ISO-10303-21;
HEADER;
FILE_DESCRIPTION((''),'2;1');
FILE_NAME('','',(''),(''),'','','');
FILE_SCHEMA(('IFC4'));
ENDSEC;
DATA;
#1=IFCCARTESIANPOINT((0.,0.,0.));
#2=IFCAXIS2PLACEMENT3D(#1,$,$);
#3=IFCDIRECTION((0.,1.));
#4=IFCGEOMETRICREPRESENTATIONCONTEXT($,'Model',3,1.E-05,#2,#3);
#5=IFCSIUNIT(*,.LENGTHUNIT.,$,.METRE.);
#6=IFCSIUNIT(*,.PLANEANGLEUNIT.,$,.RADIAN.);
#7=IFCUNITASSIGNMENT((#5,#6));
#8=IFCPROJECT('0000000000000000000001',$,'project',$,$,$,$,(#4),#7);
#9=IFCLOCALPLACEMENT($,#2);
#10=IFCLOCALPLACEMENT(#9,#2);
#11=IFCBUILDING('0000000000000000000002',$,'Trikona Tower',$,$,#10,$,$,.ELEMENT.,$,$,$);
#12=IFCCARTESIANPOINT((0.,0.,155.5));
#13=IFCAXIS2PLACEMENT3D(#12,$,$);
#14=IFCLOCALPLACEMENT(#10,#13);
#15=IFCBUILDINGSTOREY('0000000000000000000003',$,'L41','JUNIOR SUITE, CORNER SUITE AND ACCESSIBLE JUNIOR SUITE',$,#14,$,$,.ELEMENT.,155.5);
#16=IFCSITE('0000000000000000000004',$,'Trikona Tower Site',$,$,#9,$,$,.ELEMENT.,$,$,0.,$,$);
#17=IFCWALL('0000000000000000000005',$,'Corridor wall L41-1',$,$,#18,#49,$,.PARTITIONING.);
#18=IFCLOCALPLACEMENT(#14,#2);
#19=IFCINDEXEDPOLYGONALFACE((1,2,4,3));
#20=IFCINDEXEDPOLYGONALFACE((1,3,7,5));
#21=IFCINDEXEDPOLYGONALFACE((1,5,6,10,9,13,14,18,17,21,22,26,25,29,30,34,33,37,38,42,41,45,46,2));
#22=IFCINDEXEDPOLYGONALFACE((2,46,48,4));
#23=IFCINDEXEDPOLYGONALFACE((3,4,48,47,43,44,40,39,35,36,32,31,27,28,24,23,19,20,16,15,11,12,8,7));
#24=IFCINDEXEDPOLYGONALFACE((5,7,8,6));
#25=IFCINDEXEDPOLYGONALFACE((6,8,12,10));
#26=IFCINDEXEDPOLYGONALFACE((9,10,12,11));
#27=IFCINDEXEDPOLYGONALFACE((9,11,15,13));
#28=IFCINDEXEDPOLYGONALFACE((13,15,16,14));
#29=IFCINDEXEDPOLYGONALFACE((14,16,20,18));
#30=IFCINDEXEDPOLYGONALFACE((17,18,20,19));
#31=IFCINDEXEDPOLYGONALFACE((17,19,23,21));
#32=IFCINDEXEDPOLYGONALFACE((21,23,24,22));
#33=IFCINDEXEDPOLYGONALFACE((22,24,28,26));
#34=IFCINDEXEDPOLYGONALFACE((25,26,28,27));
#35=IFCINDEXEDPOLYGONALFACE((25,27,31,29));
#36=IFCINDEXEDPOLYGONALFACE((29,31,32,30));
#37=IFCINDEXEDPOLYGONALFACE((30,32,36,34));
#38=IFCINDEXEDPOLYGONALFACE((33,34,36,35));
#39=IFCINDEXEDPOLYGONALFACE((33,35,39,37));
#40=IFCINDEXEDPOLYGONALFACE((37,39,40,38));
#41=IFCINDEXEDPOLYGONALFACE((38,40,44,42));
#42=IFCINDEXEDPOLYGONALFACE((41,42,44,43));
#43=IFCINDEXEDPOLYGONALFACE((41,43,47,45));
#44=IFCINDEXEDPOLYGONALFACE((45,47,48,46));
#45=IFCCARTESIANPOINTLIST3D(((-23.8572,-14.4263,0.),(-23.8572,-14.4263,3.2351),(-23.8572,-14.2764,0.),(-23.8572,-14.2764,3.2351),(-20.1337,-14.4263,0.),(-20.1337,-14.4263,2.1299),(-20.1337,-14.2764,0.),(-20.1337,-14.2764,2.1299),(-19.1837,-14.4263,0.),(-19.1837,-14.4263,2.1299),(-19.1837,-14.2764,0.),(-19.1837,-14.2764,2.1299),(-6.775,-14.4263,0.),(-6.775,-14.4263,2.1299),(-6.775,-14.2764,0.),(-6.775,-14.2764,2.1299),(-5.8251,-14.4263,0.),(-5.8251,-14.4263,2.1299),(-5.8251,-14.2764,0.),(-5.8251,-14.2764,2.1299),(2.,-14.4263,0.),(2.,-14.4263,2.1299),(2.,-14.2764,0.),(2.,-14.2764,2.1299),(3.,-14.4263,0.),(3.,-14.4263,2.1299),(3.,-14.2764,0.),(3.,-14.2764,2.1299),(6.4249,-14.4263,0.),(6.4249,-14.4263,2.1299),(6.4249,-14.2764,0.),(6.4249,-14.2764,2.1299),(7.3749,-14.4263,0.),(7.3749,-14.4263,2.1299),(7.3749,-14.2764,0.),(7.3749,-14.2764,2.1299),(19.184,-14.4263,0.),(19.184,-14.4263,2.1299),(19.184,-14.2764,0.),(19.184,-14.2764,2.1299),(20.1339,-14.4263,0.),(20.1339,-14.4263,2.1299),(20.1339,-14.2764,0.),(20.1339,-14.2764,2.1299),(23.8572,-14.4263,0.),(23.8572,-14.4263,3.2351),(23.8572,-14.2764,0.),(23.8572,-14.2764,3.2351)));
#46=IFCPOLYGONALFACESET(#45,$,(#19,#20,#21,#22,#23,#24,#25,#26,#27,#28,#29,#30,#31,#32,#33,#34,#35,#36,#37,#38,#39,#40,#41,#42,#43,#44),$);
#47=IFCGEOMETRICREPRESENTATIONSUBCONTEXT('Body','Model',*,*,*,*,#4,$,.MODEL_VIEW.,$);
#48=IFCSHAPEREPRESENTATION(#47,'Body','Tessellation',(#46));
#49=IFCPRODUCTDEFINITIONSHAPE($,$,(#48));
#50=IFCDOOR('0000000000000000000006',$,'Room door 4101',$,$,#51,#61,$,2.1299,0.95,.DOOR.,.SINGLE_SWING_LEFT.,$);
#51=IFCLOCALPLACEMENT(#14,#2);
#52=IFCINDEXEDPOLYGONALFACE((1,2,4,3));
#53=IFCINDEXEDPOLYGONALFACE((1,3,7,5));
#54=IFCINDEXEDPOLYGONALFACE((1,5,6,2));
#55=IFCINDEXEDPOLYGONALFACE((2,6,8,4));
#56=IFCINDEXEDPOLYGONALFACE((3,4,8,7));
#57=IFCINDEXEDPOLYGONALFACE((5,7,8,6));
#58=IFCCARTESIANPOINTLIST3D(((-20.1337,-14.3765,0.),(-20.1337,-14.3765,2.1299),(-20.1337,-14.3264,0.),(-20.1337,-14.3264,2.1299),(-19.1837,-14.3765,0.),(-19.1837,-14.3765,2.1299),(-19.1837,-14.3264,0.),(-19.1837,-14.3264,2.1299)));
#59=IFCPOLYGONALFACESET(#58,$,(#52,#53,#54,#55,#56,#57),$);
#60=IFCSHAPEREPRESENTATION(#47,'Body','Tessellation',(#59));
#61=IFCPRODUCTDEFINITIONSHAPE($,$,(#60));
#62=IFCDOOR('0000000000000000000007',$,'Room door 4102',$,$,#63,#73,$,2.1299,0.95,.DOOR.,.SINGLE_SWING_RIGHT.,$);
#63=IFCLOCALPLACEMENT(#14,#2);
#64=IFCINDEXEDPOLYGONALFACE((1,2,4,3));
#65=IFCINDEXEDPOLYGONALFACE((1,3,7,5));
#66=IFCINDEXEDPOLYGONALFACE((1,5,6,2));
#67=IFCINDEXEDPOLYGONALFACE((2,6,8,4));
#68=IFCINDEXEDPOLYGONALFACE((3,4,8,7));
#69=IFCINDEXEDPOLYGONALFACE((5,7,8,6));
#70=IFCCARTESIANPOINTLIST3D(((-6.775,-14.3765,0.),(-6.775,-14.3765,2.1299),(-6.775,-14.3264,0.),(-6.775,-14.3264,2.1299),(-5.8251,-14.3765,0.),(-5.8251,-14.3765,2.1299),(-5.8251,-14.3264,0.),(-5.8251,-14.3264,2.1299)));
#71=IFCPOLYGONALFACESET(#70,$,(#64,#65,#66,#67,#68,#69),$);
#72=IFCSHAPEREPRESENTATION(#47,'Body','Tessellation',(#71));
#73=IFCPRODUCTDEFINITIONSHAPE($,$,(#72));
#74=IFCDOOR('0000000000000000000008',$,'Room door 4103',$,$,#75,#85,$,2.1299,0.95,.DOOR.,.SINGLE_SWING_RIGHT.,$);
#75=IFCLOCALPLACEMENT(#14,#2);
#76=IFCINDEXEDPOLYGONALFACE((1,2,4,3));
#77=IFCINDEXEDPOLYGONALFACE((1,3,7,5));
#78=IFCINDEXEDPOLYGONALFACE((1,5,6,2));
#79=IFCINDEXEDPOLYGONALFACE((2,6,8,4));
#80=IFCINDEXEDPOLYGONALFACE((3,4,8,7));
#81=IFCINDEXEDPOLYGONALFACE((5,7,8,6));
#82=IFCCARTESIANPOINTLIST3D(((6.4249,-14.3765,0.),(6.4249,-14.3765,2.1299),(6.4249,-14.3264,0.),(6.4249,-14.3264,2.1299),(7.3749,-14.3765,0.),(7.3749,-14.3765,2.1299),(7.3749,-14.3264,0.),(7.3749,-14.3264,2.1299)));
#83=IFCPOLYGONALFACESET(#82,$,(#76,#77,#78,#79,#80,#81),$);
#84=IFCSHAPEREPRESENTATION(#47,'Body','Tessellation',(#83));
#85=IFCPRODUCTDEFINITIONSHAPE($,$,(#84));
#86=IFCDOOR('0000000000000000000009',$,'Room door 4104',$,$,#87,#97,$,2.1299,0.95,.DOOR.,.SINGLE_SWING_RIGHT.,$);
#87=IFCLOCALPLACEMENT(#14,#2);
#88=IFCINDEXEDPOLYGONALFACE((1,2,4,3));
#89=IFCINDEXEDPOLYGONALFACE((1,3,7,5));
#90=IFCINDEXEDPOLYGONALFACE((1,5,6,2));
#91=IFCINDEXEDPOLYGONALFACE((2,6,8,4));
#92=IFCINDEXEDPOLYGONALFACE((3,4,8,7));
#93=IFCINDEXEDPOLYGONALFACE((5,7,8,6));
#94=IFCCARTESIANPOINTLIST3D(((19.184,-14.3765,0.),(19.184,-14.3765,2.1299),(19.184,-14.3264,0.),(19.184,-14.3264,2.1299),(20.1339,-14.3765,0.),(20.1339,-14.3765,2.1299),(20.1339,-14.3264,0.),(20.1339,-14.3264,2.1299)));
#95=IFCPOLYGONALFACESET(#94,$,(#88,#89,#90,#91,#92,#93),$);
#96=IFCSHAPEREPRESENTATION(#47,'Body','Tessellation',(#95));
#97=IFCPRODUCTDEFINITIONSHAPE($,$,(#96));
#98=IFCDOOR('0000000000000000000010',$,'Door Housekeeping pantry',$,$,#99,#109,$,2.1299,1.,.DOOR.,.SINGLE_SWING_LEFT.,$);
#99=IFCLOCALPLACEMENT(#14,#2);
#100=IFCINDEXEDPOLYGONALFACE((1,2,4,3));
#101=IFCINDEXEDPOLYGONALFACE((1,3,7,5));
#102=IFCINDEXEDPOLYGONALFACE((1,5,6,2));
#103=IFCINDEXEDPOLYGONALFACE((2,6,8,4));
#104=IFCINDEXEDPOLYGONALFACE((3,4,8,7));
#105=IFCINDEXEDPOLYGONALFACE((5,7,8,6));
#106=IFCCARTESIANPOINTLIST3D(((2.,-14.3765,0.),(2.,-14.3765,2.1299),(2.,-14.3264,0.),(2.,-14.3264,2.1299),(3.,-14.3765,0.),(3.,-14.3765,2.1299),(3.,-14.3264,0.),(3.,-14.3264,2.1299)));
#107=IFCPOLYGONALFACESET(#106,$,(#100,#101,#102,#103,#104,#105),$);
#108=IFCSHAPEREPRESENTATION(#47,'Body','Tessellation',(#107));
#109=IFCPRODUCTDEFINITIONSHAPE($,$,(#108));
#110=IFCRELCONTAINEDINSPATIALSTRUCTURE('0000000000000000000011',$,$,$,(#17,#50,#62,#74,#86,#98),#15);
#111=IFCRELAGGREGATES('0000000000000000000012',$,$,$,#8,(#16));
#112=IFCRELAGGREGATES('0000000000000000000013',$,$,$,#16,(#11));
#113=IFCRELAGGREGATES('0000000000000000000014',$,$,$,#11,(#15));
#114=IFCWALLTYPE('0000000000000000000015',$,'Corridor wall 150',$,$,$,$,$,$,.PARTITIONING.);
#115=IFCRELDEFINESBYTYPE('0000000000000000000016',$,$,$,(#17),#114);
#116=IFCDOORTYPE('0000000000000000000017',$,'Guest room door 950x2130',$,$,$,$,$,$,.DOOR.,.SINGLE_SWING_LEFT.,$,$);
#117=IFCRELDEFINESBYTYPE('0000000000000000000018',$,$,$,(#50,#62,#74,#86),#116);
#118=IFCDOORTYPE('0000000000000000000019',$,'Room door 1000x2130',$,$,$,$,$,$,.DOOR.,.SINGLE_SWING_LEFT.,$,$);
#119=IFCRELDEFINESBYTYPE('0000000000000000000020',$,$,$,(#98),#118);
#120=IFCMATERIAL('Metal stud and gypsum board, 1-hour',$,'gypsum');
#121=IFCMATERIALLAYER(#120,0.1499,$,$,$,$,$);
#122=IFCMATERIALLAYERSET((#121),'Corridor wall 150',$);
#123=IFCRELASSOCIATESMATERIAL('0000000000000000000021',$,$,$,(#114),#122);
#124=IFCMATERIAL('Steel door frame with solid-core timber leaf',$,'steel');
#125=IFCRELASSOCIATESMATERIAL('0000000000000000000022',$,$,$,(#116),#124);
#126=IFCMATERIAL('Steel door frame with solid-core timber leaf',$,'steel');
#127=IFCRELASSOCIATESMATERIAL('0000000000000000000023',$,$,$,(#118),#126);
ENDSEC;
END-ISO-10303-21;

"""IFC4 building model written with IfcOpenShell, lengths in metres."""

from ifc_helpers import new_model, si_unit, direction, frame, frame_2d, origin, place, context, subcontext, project, spatial, rectangle, extrude, material, layer, layer_set, type_object, element, fill, save


model = new_model("IFC4")

# Units and contexts
model_context = context("Model", 3, precision=1e-05, world=origin(), true_north=direction((0.0, 1.0)))
body_context = subcontext(model_context, "Body", "Model", "MODEL_VIEW")
ifc_project = project(units=[si_unit("LENGTHUNIT", "METRE"), si_unit("PLANEANGLEUNIT", "RADIAN")], contexts=[model_context])

# Site, building, storey
site_placement = place(None, origin())
site = spatial("IfcSite", under=ifc_project, at=site_placement, Name="Trikona Tower Site", CompositionType="ELEMENT", RefElevation=0.0)
building_placement = place(site_placement, origin())
building = spatial("IfcBuilding", under=site, at=building_placement, Name="Trikona Tower", CompositionType="ELEMENT")
storey_placement = place(building_placement, frame((0.0, 0.0, 155.5)))
storey = spatial("IfcBuildingStorey", under=building, at=storey_placement, Name="L41", Description="JUNIOR SUITE, CORNER SUITE AND ACCESSIBLE JUNIOR SUITE", CompositionType="ELEMENT", Elevation=155.5)

# Wall, openings, doors
ifc_material_1 = material(Name="Metal stud and gypsum board, 1-hour", Category="gypsum")
ifc_layer_1 = layer(ifc_material_1, 0.1499)
ifc_layer_set_1 = layer_set([ifc_layer_1], Name="Corridor wall 150")
wall_type_1 = type_object("IfcWallType", Name="Corridor wall 150", PredefinedType="PARTITIONING", material=ifc_layer_set_1)
wall_1_placement = place(storey_placement, frame((-23.8572, -14.3513, 0.0), z_axis=(0.0, 0.0, 1.0), x_axis=(1.0, 0.0, 0.0)))
wall_1 = element("IfcWall", 1, at=wall_1_placement, inside=storey, type_object=wall_type_1, Name="Corridor wall L41-1", PredefinedType="PARTITIONING", context=body_context, shape_type="SweptSolid", body=[
    extrude(rectangle(XDim=47.7144, YDim=0.1499, at=frame_2d((23.8572, 0.0))), origin(), (0.0, 0.0, 1.0), 3.2351),
])
opening_1_placement = place(wall_1_placement, frame((3.7234, 0.0, 0.0)))
opening_1 = element("IfcOpeningElement", 2, at=opening_1_placement, cuts=wall_1, PredefinedType="OPENING", context=body_context, shape_type="SweptSolid", body=[
    extrude(rectangle(XDim=0.95, YDim=2.1299, at=frame_2d((0.4751, 1.0649))), frame((0.0, 0.085, 0.0), z_axis=(0.0, -1.0, 0.0), x_axis=(1.0, 0.0, 0.0)), (0.0, 0.0, 1.0), 0.1699),
])
opening_2_placement = place(wall_1_placement, frame((17.082, 0.0, 0.0)))
opening_2 = element("IfcOpeningElement", 3, at=opening_2_placement, cuts=wall_1, PredefinedType="OPENING", context=body_context, shape_type="SweptSolid", body=[
    extrude(rectangle(XDim=0.95, YDim=2.1299, at=frame_2d((0.4751, 1.0649))), frame((0.0, 0.085, 0.0), z_axis=(0.0, -1.0, 0.0), x_axis=(1.0, 0.0, 0.0)), (0.0, 0.0, 1.0), 0.1699),
])
opening_3_placement = place(wall_1_placement, frame((25.8572, 0.0, 0.0)))
opening_3 = element("IfcOpeningElement", 4, at=opening_3_placement, cuts=wall_1, PredefinedType="OPENING", context=body_context, shape_type="SweptSolid", body=[
    extrude(rectangle(XDim=1.0, YDim=2.1299, at=frame_2d((0.5, 1.0649))), frame((0.0, 0.085, 0.0), z_axis=(0.0, -1.0, 0.0), x_axis=(1.0, 0.0, 0.0)), (0.0, 0.0, 1.0), 0.1699),
])
opening_4_placement = place(wall_1_placement, frame((30.282, 0.0, 0.0)))
opening_4 = element("IfcOpeningElement", 5, at=opening_4_placement, cuts=wall_1, PredefinedType="OPENING", context=body_context, shape_type="SweptSolid", body=[
    extrude(rectangle(XDim=0.95, YDim=2.1299, at=frame_2d((0.4751, 1.0649))), frame((0.0, 0.085, 0.0), z_axis=(0.0, -1.0, 0.0), x_axis=(1.0, 0.0, 0.0)), (0.0, 0.0, 1.0), 0.1699),
])
opening_5_placement = place(wall_1_placement, frame((43.041, 0.0, 0.0)))
opening_5 = element("IfcOpeningElement", 6, at=opening_5_placement, cuts=wall_1, PredefinedType="OPENING", context=body_context, shape_type="SweptSolid", body=[
    extrude(rectangle(XDim=0.95, YDim=2.1299, at=frame_2d((0.4751, 1.0649))), frame((0.0, 0.085, 0.0), z_axis=(0.0, -1.0, 0.0), x_axis=(1.0, 0.0, 0.0)), (0.0, 0.0, 1.0), 0.1699),
])
ifc_material_2 = material(Name="Steel door frame with solid-core timber leaf", Category="steel")
door_type_1 = type_object("IfcDoorType", Name="Guest room door 950x2130", OperationType="SINGLE_SWING_LEFT", PredefinedType="DOOR", material=ifc_material_2)
door_1_placement = place(opening_1_placement, origin())
door_1 = element("IfcDoor", 7, at=door_1_placement, inside=storey, type_object=door_type_1, Name="Room door 4101", OperationType="SINGLE_SWING_LEFT", OverallHeight=2.1299, OverallWidth=0.95, PredefinedType="DOOR", context=body_context, shape_type="SweptSolid", body=[
    extrude(rectangle(XDim=0.95, YDim=2.1299, at=frame_2d((0.4751, 1.0649))), frame((0.0, 0.0249, 0.0), z_axis=(0.0, -1.0, 0.0), x_axis=(1.0, 0.0, 0.0)), (0.0, 0.0, 1.0), 0.05),
])
fill(opening_1, door_1)
door_2_placement = place(opening_2_placement, origin())
door_2 = element("IfcDoor", 8, at=door_2_placement, inside=storey, type_object=door_type_1, Name="Room door 4102", OperationType="SINGLE_SWING_RIGHT", OverallHeight=2.1299, OverallWidth=0.95, PredefinedType="DOOR", context=body_context, shape_type="SweptSolid", body=[
    extrude(rectangle(XDim=0.95, YDim=2.1299, at=frame_2d((0.4751, 1.0649))), frame((0.0, 0.0249, 0.0), z_axis=(0.0, -1.0, 0.0), x_axis=(1.0, 0.0, 0.0)), (0.0, 0.0, 1.0), 0.05),
])
fill(opening_2, door_2)
door_3_placement = place(opening_4_placement, origin())
door_3 = element("IfcDoor", 9, at=door_3_placement, inside=storey, type_object=door_type_1, Name="Room door 4103", OperationType="SINGLE_SWING_RIGHT", OverallHeight=2.1299, OverallWidth=0.95, PredefinedType="DOOR", context=body_context, shape_type="SweptSolid", body=[
    extrude(rectangle(XDim=0.95, YDim=2.1299, at=frame_2d((0.4751, 1.0649))), frame((0.0, 0.0249, 0.0), z_axis=(0.0, -1.0, 0.0), x_axis=(1.0, 0.0, 0.0)), (0.0, 0.0, 1.0), 0.05),
])
fill(opening_4, door_3)
door_4_placement = place(opening_5_placement, origin())
door_4 = element("IfcDoor", 10, at=door_4_placement, inside=storey, type_object=door_type_1, Name="Room door 4104", OperationType="SINGLE_SWING_RIGHT", OverallHeight=2.1299, OverallWidth=0.95, PredefinedType="DOOR", context=body_context, shape_type="SweptSolid", body=[
    extrude(rectangle(XDim=0.95, YDim=2.1299, at=frame_2d((0.4751, 1.0649))), frame((0.0, 0.0249, 0.0), z_axis=(0.0, -1.0, 0.0), x_axis=(1.0, 0.0, 0.0)), (0.0, 0.0, 1.0), 0.05),
])
fill(opening_5, door_4)
ifc_material_3 = material(Name="Steel door frame with solid-core timber leaf", Category="steel")
door_type_2 = type_object("IfcDoorType", Name="Room door 1000x2130", OperationType="SINGLE_SWING_LEFT", PredefinedType="DOOR", material=ifc_material_3)
door_5_placement = place(opening_3_placement, origin())
door_5 = element("IfcDoor", 11, at=door_5_placement, inside=storey, type_object=door_type_2, Name="Door Housekeeping pantry", OperationType="SINGLE_SWING_LEFT", OverallHeight=2.1299, OverallWidth=1.0, PredefinedType="DOOR", context=body_context, shape_type="SweptSolid", body=[
    extrude(rectangle(XDim=1.0, YDim=2.1299, at=frame_2d((0.5, 1.0649))), frame((0.0, 0.0249, 0.0), z_axis=(0.0, -1.0, 0.0), x_axis=(1.0, 0.0, 0.0)), (0.0, 0.0, 1.0), 0.05),
])
fill(opening_3, door_5)

save(model, "model.ifc")
